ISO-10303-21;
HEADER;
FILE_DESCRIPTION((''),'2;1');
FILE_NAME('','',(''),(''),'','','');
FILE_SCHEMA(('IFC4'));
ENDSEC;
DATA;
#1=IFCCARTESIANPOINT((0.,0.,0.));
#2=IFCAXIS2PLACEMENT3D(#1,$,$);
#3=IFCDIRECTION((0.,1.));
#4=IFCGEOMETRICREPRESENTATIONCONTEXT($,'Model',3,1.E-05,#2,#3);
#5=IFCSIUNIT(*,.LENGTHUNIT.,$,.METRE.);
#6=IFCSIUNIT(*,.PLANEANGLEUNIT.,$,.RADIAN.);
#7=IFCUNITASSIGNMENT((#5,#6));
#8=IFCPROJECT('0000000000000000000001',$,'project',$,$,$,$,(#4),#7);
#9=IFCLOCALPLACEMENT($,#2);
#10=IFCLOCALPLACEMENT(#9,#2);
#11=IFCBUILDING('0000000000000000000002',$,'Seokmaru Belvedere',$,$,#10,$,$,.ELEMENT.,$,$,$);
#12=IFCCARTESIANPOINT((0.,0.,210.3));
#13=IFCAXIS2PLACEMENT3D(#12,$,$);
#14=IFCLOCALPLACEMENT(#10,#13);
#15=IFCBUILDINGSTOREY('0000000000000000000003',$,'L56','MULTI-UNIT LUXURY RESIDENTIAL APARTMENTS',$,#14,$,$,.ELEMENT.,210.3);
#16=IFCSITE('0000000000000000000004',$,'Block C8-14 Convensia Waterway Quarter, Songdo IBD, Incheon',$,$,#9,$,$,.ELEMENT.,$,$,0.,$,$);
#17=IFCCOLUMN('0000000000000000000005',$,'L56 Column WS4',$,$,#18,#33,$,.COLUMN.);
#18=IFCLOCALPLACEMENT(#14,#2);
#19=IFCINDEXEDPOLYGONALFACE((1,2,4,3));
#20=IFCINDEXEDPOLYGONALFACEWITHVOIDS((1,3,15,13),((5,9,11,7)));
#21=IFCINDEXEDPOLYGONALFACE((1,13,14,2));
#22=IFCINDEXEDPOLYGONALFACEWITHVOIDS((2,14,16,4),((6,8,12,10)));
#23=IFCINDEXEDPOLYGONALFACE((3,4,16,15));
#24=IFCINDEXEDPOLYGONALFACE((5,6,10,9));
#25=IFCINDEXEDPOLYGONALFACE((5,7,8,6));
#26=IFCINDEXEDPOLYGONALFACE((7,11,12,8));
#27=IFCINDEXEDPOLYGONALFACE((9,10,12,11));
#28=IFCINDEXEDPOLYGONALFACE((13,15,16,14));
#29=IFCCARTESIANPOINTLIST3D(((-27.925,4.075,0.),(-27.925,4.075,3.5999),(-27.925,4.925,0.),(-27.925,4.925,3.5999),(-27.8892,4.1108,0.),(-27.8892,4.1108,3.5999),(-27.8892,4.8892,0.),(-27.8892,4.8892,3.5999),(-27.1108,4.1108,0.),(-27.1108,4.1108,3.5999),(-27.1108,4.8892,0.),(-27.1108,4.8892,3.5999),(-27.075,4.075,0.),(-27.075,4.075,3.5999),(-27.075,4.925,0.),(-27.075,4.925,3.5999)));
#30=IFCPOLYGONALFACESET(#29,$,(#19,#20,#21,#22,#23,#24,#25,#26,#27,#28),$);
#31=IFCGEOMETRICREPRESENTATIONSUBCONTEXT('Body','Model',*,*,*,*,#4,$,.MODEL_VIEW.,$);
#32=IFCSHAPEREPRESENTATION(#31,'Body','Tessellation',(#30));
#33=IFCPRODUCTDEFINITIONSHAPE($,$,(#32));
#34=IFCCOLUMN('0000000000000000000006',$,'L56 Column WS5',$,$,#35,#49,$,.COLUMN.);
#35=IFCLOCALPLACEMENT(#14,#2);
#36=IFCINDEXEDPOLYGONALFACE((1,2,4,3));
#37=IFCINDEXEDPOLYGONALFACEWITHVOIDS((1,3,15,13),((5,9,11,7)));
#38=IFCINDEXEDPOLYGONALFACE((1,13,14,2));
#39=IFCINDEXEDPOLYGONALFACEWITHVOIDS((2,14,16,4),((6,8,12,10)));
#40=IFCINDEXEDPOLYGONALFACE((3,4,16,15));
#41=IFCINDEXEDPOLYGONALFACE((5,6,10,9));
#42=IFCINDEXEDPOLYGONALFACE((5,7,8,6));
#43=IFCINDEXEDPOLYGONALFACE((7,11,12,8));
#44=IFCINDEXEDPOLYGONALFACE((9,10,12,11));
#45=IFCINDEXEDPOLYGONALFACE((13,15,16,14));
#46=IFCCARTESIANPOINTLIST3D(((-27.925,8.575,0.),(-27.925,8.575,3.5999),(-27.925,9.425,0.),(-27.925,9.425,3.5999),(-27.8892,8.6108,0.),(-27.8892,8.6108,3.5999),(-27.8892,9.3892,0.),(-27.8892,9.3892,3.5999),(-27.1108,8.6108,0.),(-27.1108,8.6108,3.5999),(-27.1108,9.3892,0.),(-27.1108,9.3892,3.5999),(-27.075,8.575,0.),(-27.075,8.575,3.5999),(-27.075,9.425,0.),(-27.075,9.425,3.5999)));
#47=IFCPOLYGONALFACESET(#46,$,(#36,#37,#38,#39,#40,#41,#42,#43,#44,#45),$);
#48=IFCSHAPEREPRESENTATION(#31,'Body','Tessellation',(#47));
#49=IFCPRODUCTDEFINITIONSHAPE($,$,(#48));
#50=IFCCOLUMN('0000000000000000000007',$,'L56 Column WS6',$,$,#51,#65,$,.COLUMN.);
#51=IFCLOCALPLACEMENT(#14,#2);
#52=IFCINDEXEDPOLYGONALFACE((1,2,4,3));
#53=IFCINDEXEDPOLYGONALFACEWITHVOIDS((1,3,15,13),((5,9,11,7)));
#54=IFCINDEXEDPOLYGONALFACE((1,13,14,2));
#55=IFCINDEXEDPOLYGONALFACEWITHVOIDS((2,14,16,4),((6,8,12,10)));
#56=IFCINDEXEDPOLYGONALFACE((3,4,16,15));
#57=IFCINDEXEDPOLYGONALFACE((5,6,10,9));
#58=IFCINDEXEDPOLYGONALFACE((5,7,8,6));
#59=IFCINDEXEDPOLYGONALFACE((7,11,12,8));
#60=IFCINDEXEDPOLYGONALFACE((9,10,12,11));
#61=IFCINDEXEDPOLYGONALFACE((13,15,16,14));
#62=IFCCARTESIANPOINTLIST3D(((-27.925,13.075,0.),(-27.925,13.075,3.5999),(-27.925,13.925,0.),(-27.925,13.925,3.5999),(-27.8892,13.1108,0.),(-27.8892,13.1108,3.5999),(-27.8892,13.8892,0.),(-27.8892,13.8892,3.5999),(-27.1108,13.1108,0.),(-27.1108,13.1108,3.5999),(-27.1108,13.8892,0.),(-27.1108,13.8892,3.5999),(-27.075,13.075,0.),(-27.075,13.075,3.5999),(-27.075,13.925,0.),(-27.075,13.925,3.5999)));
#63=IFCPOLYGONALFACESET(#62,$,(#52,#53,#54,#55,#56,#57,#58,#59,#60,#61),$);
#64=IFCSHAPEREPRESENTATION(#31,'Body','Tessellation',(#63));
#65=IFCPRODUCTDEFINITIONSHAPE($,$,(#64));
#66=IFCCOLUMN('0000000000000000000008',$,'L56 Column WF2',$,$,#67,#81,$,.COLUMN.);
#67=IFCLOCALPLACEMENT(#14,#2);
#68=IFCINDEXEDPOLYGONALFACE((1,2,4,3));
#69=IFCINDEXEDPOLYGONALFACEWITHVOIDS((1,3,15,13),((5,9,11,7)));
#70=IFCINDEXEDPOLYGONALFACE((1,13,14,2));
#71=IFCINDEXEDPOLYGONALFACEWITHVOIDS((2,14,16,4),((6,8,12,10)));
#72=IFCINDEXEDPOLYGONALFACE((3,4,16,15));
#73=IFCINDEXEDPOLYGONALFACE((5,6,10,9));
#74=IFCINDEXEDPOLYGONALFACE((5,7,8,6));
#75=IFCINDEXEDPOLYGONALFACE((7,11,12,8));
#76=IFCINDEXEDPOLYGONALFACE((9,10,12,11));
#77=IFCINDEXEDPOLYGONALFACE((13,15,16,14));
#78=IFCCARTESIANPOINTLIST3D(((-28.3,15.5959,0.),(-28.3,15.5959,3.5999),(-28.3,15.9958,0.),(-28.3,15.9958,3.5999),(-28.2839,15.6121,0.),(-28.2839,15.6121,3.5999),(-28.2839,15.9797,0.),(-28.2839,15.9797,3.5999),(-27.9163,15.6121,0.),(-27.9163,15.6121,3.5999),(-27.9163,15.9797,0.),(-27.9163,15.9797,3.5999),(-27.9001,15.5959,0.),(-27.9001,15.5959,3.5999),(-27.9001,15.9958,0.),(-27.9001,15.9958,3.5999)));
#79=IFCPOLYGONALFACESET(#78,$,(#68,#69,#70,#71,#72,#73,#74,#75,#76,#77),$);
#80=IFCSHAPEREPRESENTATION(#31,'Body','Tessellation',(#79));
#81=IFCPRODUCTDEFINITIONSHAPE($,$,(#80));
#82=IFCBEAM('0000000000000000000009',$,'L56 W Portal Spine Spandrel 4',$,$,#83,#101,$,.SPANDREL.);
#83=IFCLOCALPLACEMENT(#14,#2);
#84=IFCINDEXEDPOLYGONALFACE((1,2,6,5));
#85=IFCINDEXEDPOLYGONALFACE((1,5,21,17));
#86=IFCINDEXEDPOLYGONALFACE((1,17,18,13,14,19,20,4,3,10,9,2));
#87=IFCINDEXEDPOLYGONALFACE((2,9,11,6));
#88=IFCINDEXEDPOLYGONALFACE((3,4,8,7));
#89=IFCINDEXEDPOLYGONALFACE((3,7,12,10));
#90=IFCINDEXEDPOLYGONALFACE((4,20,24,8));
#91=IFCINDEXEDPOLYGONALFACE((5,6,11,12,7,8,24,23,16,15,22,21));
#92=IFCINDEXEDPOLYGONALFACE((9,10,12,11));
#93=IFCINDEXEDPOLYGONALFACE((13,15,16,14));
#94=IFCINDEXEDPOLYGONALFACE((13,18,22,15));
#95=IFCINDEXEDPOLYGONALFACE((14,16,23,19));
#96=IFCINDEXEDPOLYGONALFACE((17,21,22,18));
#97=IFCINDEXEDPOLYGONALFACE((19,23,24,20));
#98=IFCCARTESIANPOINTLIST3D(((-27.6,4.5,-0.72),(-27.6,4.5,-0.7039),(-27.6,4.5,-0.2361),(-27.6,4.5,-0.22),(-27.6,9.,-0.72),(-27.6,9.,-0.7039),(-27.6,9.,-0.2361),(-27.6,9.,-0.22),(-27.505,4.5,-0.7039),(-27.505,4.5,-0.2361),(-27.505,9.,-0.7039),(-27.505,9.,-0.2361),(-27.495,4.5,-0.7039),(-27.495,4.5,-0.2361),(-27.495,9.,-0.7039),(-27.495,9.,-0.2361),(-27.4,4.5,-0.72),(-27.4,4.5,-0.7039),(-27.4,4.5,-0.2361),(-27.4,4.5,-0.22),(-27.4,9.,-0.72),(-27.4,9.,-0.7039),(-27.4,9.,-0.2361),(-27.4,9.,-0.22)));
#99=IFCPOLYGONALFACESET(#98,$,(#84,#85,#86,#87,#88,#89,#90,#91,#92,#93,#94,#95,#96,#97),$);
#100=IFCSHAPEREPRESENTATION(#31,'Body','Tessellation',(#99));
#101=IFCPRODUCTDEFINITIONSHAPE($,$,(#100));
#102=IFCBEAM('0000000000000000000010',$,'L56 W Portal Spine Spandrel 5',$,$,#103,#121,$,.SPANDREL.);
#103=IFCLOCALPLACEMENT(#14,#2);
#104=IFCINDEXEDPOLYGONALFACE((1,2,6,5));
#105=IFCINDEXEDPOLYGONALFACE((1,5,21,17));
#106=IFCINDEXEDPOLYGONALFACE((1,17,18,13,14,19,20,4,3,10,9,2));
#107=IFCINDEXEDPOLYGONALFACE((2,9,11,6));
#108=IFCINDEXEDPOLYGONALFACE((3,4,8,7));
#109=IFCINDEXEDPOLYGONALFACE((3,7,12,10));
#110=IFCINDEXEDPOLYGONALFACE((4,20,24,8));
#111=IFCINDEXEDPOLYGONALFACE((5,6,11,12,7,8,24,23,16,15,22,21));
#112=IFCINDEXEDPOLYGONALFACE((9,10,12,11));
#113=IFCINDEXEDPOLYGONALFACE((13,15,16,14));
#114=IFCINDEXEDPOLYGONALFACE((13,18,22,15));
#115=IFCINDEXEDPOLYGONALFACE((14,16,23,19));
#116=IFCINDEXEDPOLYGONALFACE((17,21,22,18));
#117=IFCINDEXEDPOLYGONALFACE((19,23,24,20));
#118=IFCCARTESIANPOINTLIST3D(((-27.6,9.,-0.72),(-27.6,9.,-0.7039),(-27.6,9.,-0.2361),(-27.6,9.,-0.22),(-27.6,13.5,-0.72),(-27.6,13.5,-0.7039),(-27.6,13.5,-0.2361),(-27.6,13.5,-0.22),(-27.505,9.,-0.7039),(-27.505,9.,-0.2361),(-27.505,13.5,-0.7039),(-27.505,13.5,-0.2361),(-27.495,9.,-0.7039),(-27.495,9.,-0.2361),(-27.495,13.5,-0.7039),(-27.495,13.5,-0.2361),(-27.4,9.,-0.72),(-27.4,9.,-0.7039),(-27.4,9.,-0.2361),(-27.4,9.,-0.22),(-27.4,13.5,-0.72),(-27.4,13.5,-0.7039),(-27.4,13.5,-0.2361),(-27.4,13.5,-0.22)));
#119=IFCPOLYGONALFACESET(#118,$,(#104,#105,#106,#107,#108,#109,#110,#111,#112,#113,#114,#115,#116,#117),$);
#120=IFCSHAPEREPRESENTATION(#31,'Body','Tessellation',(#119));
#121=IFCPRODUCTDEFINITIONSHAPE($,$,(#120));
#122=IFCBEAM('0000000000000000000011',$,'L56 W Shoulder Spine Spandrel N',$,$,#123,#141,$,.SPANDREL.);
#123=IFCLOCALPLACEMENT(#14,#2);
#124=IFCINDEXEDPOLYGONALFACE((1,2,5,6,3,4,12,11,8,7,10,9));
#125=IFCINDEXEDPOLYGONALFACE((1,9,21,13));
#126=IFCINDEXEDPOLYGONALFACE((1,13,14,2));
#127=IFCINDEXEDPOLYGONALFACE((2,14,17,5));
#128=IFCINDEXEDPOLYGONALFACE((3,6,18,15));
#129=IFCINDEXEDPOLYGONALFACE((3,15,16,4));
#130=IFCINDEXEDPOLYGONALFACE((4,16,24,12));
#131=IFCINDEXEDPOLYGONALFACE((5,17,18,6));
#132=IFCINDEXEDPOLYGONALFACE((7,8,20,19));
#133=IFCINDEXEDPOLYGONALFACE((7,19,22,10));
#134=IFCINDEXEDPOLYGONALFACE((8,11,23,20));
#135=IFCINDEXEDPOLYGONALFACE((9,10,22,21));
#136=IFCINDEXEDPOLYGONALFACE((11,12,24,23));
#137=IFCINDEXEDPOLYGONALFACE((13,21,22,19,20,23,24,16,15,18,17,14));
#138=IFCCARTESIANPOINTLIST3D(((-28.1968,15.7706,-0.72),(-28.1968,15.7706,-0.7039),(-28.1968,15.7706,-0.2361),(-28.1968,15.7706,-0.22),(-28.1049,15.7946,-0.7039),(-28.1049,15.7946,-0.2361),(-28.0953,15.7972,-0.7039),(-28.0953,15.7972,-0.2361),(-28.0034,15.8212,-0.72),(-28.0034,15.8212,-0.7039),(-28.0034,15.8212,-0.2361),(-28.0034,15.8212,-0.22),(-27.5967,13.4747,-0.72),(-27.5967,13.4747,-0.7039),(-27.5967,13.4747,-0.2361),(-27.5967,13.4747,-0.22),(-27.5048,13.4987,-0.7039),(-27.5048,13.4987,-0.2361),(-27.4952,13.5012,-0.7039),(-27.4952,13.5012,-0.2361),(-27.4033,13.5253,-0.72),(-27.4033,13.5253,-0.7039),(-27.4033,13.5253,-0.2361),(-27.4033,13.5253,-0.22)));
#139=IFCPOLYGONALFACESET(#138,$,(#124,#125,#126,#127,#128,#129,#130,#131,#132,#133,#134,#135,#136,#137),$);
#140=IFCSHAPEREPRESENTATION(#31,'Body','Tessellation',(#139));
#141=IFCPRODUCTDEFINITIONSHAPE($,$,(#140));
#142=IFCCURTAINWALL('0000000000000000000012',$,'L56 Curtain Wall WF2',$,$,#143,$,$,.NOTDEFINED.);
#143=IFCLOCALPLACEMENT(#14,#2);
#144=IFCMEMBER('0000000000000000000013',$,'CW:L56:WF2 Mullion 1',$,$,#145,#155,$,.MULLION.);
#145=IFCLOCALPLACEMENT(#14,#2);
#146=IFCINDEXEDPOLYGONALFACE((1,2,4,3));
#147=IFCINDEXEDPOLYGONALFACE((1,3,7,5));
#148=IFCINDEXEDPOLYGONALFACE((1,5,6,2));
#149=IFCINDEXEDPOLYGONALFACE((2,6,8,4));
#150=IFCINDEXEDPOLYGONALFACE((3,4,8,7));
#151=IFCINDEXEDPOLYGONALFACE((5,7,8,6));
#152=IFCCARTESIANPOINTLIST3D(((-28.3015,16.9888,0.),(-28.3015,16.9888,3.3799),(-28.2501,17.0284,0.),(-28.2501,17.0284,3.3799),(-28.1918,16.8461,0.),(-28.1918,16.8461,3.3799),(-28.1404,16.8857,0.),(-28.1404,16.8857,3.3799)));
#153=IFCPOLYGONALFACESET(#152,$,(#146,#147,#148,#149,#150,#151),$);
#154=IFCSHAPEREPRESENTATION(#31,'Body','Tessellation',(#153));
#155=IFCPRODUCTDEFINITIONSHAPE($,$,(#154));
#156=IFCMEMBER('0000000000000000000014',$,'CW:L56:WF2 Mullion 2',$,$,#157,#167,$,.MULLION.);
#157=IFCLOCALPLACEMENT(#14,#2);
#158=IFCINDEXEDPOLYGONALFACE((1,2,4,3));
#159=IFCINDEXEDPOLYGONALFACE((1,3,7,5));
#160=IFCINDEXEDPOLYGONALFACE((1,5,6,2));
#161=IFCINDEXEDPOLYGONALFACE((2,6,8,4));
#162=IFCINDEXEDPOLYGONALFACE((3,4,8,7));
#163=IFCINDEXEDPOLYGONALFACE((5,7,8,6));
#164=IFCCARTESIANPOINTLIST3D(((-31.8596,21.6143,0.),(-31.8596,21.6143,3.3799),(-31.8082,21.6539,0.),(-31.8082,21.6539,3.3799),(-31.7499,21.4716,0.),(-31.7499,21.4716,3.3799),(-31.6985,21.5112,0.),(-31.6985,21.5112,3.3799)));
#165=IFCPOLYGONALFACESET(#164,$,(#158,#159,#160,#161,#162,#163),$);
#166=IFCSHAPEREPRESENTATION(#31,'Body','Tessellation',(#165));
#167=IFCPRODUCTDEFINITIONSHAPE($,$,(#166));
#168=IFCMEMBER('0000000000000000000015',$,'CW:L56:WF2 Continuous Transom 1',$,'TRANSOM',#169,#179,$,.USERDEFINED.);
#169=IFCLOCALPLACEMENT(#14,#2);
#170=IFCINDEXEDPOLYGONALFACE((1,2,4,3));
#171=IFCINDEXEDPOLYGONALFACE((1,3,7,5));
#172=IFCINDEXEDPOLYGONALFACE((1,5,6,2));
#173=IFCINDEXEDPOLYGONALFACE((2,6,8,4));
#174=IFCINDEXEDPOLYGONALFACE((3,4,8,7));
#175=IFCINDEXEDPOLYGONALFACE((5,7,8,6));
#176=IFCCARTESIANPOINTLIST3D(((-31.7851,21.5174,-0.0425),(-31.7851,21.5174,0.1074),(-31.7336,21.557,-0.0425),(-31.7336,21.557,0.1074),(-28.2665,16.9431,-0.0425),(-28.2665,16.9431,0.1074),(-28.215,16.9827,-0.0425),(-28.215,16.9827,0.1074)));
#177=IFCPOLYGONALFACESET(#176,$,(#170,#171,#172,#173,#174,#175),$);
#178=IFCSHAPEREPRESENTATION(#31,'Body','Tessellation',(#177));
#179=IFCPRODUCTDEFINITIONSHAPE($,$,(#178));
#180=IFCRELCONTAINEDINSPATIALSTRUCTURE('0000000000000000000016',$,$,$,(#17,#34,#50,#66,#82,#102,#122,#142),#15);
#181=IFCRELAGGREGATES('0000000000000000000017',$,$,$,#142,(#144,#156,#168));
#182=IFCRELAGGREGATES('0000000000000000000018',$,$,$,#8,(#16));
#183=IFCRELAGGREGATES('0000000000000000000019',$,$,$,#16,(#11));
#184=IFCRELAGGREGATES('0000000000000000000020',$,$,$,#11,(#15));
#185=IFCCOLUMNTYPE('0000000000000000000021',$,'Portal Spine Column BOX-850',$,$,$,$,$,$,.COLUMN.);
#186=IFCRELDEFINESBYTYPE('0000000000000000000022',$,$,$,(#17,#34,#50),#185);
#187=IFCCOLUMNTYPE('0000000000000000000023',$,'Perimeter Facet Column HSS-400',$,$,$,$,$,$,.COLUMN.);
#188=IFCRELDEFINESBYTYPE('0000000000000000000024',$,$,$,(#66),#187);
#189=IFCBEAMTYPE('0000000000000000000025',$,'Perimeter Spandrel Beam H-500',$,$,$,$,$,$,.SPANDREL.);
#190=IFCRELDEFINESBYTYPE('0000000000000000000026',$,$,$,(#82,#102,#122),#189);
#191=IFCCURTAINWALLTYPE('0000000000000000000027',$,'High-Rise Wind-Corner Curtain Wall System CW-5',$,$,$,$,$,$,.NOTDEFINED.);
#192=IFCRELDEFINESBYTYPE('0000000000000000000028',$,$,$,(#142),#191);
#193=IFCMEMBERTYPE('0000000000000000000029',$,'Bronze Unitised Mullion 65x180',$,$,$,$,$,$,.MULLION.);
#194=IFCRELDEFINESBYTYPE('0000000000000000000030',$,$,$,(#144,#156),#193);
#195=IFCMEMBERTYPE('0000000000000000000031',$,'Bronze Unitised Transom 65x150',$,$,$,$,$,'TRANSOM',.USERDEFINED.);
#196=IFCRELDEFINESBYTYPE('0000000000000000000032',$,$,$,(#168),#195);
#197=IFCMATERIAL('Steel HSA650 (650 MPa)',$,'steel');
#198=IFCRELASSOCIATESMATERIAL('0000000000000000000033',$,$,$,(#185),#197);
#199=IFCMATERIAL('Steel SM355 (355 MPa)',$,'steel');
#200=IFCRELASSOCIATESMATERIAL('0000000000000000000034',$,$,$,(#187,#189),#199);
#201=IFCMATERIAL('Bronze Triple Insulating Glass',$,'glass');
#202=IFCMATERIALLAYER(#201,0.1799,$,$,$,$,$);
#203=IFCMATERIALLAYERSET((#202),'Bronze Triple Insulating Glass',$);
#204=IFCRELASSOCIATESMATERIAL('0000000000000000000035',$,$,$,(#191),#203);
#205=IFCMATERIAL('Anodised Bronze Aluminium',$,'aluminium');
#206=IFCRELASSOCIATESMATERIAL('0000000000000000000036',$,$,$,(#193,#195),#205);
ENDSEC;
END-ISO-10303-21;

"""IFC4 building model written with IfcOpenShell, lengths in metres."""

from ifc_helpers import new_model, si_unit, direction, frame, origin, origin_2d, place, context, subcontext, project, spatial, rectangle, hollow_rectangle, i_section, extrude, source, transform, mapped, material, layer, layer_set, material_profile, profile_set, type_object, type_shapes, element, aggregate, save


model = new_model("IFC4")

# Units and contexts
model_context = context("Model", 3, precision=1e-05, world=origin(), true_north=direction((0.0, 1.0)))
body_context = subcontext(model_context, "Body", "Model", "MODEL_VIEW")
ifc_project = project(units=[si_unit("LENGTHUNIT", "METRE"), si_unit("PLANEANGLEUNIT", "RADIAN")], contexts=[model_context])

# Site, building, storey
site_placement = place(None, origin())
site = spatial("IfcSite", under=ifc_project, at=site_placement, Name="Block C8-14 Convensia Waterway Quarter, Songdo IBD, Incheon", CompositionType="ELEMENT", RefElevation=0.0)
building_placement = place(site_placement, origin())
building = spatial("IfcBuilding", under=site, at=building_placement, Name="Seokmaru Belvedere", CompositionType="ELEMENT")
storey_placement = place(building_placement, frame((0.0, 0.0, 210.3)))
storey = spatial("IfcBuildingStorey", under=building, at=storey_placement, Name="L56", Description="MULTI-UNIT LUXURY RESIDENTIAL APARTMENTS", CompositionType="ELEMENT", Elevation=210.3)

# Columns
ifc_material_1 = material(Name="Steel HSA650 (650 MPa)", Category="steel")
ifc_material_profile_1 = material_profile(ifc_material_1, hollow_rectangle(XDim=0.8501, YDim=0.8501, WallThickness=0.0359, at=origin_2d()), Name="BOX-850x850x36")
ifc_profile_set_1 = profile_set([ifc_material_profile_1], Name="Steel HSA650 (650 MPa)")
column_type_1 = type_object("IfcColumnType", Name="Portal Spine Column BOX-850", PredefinedType="COLUMN", material=ifc_profile_set_1)
shared_shape_1 = source(origin(), body_context, "Body", "SweptSolid", [
    extrude(hollow_rectangle(XDim=0.8501, YDim=0.8501, WallThickness=0.0359, at=origin_2d()), origin(), (0.0, 0.0, 1.0), 3.5999),
])
type_shapes(column_type_1, [shared_shape_1])
for number, where, z_axis, x_axis, name in (
    (1, (-27.5, 4.5, 0.0), (0.0, 0.0, 1.0), (1.0, 0.0, 0.0), "L56 Column WS4"),
    (2, (-27.5, 9.0, 0.0), (0.0, 0.0, 1.0), (1.0, 0.0, 0.0), "L56 Column WS5"),
    (3, (-27.5, 13.5, 0.0), (0.0, 0.0, 1.0), (1.0, 0.0, 0.0), "L56 Column WS6"),
):
    element("IfcColumn", number, at=place(storey_placement, frame(where, z_axis=z_axis, x_axis=x_axis)), inside=storey, type_object=column_type_1, Name=name, PredefinedType="COLUMN", context=body_context, shape_type="MappedRepresentation", body=[
        mapped(shared_shape_1, transform((0.0, 0.0, 0.0), scale=1.0)),
    ])
ifc_material_2 = material(Name="Steel SM355 (355 MPa)", Category="steel")
ifc_material_profile_2 = material_profile(ifc_material_2, hollow_rectangle(XDim=0.3999, YDim=0.3999, WallThickness=0.0161, at=origin_2d()), Name="HSS-400x400x16")
ifc_profile_set_2 = profile_set([ifc_material_profile_2], Name="Steel SM355 (355 MPa)")
column_type_2 = type_object("IfcColumnType", Name="Perimeter Facet Column HSS-400", PredefinedType="COLUMN", material=ifc_profile_set_2)
shared_shape_2 = source(origin(), body_context, "Body", "SweptSolid", [
    extrude(hollow_rectangle(XDim=0.3999, YDim=0.3999, WallThickness=0.0161, at=origin_2d()), origin(), (0.0, 0.0, 1.0), 3.5999),
])
type_shapes(column_type_2, [shared_shape_2])
column_placement = place(storey_placement, frame((-28.1001, 15.7959, 0.0), z_axis=(0.0, 0.0, 1.0), x_axis=(1.0, 0.0, 0.0)))
element("IfcColumn", 4, at=column_placement, inside=storey, type_object=column_type_2, Name="L56 Column WF2", PredefinedType="COLUMN", context=body_context, shape_type="MappedRepresentation", body=[
    mapped(shared_shape_2, transform((0.0, 0.0, 0.0), scale=1.0)),
])

# Beams
ifc_material_profile_3 = material_profile(ifc_material_2, i_section(OverallWidth=0.2, OverallDepth=0.5, WebThickness=0.01, FlangeThickness=0.0161, at=origin_2d()), Name="H-500x200x10x16")
ifc_profile_set_3 = profile_set([ifc_material_profile_3], Name="Steel SM355 (355 MPa)")
beam_type_1 = type_object("IfcBeamType", Name="Perimeter Spandrel Beam H-500", PredefinedType="SPANDREL", material=ifc_profile_set_3)
shared_shape_3 = source(origin(), body_context, "Body", "SweptSolid", [
    extrude(i_section(OverallWidth=0.2, OverallDepth=0.5, WebThickness=0.01, FlangeThickness=0.0161, at=origin_2d()), origin(), (0.0, 0.0, 1.0), 4.5),
])
for number, where, z_axis, x_axis, name in (
    (5, (-27.5, 4.5, -0.47), (0.0, 1.0, 0.0), (-1.0, 0.0, 0.0), "L56 W Portal Spine Spandrel 4"),
    (6, (-27.5, 9.0, -0.47), (0.0, 1.0, 0.0), (-1.0, 0.0, 0.0), "L56 W Portal Spine Spandrel 5"),
):
    element("IfcBeam", number, at=place(storey_placement, frame(where, z_axis=z_axis, x_axis=x_axis)), inside=storey, type_object=beam_type_1, Name=name, PredefinedType="SPANDREL", context=body_context, shape_type="MappedRepresentation", body=[
        mapped(shared_shape_3, transform((0.0, 0.0, 0.0), scale=1.0)),
    ])
shared_shape_4 = source(origin(), body_context, "Body", "SweptSolid", [
    extrude(i_section(OverallWidth=0.2, OverallDepth=0.5, WebThickness=0.01, FlangeThickness=0.0161, at=origin_2d()), origin(), (0.0, 0.0, 1.0), 2.373),
])
type_shapes(beam_type_1, [shared_shape_3, shared_shape_4])
beam_1_placement = place(storey_placement, frame((-28.1001, 15.7959, -0.47), z_axis=(0.252883, -0.967497, 0.0), x_axis=(0.967497, 0.252883, 0.0)))
element("IfcBeam", 7, at=beam_1_placement, inside=storey, type_object=beam_type_1, Name="L56 W Shoulder Spine Spandrel N", PredefinedType="SPANDREL", context=body_context, shape_type="MappedRepresentation", body=[
    mapped(shared_shape_4, transform((0.0, 0.0, 0.0), scale=1.0)),
])

# Curtain wall, members
ifc_material_3 = material(Name="Bronze Triple Insulating Glass", Category="glass")
ifc_layer_1 = layer(ifc_material_3, 0.1799)
ifc_layer_set_1 = layer_set([ifc_layer_1], Name="Bronze Triple Insulating Glass")
curtain_wall_type = type_object("IfcCurtainWallType", Name="High-Rise Wind-Corner Curtain Wall System CW-5", PredefinedType="NOTDEFINED", material=ifc_layer_set_1)
curtain_wall_placement = place(storey_placement, origin())
curtain_wall = element("IfcCurtainWall", 8, at=curtain_wall_placement, inside=storey, type_object=curtain_wall_type, Name="L56 Curtain Wall WF2", PredefinedType="NOTDEFINED")
ifc_material_4 = material(Name="Anodised Bronze Aluminium", Category="aluminium")
ifc_material_profile_4 = material_profile(ifc_material_4, rectangle(XDim=0.0649, YDim=0.1799, at=origin_2d()), Name="CW-M-65x180")
ifc_profile_set_4 = profile_set([ifc_material_profile_4], Name="Anodised Bronze Aluminium")
member_type_1 = type_object("IfcMemberType", Name="Bronze Unitised Mullion 65x180", PredefinedType="MULLION", material=ifc_profile_set_4)
shared_shape_5 = source(origin(), body_context, "Body", "SweptSolid", [
    extrude(rectangle(XDim=0.0649, YDim=0.1799, at=origin_2d()), origin(), (0.0, 0.0, 1.0), 3.3799),
])
type_shapes(member_type_1, [shared_shape_5])
member_1_placement = place(storey_placement, frame((-28.2209, 16.9373, 0.0), z_axis=(0.0, 0.0, 1.0), x_axis=(-0.792631, -0.609701, 0.0)))
member_1 = element("IfcMember", 9, at=member_1_placement, type_object=member_type_1, Name="CW:L56:WF2 Mullion 1", PredefinedType="MULLION", context=body_context, shape_type="MappedRepresentation", body=[
    mapped(shared_shape_5, transform((0.0, 0.0, 0.0), scale=1.0)),
])
member_2_placement = place(storey_placement, frame((-31.7791, 21.5627, 0.0), z_axis=(0.0, 0.0, 1.0), x_axis=(-0.792631, -0.609701, 0.0)))
member_2 = element("IfcMember", 10, at=member_2_placement, type_object=member_type_1, Name="CW:L56:WF2 Mullion 2", PredefinedType="MULLION", context=body_context, shape_type="MappedRepresentation", body=[
    mapped(shared_shape_5, transform((0.0, 0.0, 0.0), scale=1.0)),
])
ifc_material_profile_5 = material_profile(ifc_material_4, rectangle(XDim=0.0649, YDim=0.1499, at=origin_2d()), Name="CW-T-65x150")
ifc_profile_set_5 = profile_set([ifc_material_profile_5], Name="Anodised Bronze Aluminium")
member_type_2 = type_object("IfcMemberType", Name="Bronze Unitised Transom 65x150", ElementType="TRANSOM", PredefinedType="USERDEFINED", material=ifc_profile_set_5)
shared_shape_6 = source(origin(), body_context, "Body", "SweptSolid", [
    extrude(rectangle(XDim=0.0649, YDim=0.1499, at=origin_2d()), origin(), (0.0, 0.0, 1.0), 5.771),
])
type_shapes(member_type_2, [shared_shape_6])
member_3_placement = place(storey_placement, frame((-28.2407, 16.9629, 0.0325), z_axis=(-0.609703, 0.79263, 0.0), x_axis=(-0.79263, -0.609703, 0.0)))
member_3 = element("IfcMember", 11, at=member_3_placement, type_object=member_type_2, Name="CW:L56:WF2 Continuous Transom 1", ObjectType="TRANSOM", PredefinedType="USERDEFINED", context=body_context, shape_type="MappedRepresentation", body=[
    mapped(shared_shape_6, transform((0.0, 0.0, 0.0), scale=1.0)),
])

aggregate(curtain_wall, [member_1, member_2, member_3])

save(model, "model.ifc")
